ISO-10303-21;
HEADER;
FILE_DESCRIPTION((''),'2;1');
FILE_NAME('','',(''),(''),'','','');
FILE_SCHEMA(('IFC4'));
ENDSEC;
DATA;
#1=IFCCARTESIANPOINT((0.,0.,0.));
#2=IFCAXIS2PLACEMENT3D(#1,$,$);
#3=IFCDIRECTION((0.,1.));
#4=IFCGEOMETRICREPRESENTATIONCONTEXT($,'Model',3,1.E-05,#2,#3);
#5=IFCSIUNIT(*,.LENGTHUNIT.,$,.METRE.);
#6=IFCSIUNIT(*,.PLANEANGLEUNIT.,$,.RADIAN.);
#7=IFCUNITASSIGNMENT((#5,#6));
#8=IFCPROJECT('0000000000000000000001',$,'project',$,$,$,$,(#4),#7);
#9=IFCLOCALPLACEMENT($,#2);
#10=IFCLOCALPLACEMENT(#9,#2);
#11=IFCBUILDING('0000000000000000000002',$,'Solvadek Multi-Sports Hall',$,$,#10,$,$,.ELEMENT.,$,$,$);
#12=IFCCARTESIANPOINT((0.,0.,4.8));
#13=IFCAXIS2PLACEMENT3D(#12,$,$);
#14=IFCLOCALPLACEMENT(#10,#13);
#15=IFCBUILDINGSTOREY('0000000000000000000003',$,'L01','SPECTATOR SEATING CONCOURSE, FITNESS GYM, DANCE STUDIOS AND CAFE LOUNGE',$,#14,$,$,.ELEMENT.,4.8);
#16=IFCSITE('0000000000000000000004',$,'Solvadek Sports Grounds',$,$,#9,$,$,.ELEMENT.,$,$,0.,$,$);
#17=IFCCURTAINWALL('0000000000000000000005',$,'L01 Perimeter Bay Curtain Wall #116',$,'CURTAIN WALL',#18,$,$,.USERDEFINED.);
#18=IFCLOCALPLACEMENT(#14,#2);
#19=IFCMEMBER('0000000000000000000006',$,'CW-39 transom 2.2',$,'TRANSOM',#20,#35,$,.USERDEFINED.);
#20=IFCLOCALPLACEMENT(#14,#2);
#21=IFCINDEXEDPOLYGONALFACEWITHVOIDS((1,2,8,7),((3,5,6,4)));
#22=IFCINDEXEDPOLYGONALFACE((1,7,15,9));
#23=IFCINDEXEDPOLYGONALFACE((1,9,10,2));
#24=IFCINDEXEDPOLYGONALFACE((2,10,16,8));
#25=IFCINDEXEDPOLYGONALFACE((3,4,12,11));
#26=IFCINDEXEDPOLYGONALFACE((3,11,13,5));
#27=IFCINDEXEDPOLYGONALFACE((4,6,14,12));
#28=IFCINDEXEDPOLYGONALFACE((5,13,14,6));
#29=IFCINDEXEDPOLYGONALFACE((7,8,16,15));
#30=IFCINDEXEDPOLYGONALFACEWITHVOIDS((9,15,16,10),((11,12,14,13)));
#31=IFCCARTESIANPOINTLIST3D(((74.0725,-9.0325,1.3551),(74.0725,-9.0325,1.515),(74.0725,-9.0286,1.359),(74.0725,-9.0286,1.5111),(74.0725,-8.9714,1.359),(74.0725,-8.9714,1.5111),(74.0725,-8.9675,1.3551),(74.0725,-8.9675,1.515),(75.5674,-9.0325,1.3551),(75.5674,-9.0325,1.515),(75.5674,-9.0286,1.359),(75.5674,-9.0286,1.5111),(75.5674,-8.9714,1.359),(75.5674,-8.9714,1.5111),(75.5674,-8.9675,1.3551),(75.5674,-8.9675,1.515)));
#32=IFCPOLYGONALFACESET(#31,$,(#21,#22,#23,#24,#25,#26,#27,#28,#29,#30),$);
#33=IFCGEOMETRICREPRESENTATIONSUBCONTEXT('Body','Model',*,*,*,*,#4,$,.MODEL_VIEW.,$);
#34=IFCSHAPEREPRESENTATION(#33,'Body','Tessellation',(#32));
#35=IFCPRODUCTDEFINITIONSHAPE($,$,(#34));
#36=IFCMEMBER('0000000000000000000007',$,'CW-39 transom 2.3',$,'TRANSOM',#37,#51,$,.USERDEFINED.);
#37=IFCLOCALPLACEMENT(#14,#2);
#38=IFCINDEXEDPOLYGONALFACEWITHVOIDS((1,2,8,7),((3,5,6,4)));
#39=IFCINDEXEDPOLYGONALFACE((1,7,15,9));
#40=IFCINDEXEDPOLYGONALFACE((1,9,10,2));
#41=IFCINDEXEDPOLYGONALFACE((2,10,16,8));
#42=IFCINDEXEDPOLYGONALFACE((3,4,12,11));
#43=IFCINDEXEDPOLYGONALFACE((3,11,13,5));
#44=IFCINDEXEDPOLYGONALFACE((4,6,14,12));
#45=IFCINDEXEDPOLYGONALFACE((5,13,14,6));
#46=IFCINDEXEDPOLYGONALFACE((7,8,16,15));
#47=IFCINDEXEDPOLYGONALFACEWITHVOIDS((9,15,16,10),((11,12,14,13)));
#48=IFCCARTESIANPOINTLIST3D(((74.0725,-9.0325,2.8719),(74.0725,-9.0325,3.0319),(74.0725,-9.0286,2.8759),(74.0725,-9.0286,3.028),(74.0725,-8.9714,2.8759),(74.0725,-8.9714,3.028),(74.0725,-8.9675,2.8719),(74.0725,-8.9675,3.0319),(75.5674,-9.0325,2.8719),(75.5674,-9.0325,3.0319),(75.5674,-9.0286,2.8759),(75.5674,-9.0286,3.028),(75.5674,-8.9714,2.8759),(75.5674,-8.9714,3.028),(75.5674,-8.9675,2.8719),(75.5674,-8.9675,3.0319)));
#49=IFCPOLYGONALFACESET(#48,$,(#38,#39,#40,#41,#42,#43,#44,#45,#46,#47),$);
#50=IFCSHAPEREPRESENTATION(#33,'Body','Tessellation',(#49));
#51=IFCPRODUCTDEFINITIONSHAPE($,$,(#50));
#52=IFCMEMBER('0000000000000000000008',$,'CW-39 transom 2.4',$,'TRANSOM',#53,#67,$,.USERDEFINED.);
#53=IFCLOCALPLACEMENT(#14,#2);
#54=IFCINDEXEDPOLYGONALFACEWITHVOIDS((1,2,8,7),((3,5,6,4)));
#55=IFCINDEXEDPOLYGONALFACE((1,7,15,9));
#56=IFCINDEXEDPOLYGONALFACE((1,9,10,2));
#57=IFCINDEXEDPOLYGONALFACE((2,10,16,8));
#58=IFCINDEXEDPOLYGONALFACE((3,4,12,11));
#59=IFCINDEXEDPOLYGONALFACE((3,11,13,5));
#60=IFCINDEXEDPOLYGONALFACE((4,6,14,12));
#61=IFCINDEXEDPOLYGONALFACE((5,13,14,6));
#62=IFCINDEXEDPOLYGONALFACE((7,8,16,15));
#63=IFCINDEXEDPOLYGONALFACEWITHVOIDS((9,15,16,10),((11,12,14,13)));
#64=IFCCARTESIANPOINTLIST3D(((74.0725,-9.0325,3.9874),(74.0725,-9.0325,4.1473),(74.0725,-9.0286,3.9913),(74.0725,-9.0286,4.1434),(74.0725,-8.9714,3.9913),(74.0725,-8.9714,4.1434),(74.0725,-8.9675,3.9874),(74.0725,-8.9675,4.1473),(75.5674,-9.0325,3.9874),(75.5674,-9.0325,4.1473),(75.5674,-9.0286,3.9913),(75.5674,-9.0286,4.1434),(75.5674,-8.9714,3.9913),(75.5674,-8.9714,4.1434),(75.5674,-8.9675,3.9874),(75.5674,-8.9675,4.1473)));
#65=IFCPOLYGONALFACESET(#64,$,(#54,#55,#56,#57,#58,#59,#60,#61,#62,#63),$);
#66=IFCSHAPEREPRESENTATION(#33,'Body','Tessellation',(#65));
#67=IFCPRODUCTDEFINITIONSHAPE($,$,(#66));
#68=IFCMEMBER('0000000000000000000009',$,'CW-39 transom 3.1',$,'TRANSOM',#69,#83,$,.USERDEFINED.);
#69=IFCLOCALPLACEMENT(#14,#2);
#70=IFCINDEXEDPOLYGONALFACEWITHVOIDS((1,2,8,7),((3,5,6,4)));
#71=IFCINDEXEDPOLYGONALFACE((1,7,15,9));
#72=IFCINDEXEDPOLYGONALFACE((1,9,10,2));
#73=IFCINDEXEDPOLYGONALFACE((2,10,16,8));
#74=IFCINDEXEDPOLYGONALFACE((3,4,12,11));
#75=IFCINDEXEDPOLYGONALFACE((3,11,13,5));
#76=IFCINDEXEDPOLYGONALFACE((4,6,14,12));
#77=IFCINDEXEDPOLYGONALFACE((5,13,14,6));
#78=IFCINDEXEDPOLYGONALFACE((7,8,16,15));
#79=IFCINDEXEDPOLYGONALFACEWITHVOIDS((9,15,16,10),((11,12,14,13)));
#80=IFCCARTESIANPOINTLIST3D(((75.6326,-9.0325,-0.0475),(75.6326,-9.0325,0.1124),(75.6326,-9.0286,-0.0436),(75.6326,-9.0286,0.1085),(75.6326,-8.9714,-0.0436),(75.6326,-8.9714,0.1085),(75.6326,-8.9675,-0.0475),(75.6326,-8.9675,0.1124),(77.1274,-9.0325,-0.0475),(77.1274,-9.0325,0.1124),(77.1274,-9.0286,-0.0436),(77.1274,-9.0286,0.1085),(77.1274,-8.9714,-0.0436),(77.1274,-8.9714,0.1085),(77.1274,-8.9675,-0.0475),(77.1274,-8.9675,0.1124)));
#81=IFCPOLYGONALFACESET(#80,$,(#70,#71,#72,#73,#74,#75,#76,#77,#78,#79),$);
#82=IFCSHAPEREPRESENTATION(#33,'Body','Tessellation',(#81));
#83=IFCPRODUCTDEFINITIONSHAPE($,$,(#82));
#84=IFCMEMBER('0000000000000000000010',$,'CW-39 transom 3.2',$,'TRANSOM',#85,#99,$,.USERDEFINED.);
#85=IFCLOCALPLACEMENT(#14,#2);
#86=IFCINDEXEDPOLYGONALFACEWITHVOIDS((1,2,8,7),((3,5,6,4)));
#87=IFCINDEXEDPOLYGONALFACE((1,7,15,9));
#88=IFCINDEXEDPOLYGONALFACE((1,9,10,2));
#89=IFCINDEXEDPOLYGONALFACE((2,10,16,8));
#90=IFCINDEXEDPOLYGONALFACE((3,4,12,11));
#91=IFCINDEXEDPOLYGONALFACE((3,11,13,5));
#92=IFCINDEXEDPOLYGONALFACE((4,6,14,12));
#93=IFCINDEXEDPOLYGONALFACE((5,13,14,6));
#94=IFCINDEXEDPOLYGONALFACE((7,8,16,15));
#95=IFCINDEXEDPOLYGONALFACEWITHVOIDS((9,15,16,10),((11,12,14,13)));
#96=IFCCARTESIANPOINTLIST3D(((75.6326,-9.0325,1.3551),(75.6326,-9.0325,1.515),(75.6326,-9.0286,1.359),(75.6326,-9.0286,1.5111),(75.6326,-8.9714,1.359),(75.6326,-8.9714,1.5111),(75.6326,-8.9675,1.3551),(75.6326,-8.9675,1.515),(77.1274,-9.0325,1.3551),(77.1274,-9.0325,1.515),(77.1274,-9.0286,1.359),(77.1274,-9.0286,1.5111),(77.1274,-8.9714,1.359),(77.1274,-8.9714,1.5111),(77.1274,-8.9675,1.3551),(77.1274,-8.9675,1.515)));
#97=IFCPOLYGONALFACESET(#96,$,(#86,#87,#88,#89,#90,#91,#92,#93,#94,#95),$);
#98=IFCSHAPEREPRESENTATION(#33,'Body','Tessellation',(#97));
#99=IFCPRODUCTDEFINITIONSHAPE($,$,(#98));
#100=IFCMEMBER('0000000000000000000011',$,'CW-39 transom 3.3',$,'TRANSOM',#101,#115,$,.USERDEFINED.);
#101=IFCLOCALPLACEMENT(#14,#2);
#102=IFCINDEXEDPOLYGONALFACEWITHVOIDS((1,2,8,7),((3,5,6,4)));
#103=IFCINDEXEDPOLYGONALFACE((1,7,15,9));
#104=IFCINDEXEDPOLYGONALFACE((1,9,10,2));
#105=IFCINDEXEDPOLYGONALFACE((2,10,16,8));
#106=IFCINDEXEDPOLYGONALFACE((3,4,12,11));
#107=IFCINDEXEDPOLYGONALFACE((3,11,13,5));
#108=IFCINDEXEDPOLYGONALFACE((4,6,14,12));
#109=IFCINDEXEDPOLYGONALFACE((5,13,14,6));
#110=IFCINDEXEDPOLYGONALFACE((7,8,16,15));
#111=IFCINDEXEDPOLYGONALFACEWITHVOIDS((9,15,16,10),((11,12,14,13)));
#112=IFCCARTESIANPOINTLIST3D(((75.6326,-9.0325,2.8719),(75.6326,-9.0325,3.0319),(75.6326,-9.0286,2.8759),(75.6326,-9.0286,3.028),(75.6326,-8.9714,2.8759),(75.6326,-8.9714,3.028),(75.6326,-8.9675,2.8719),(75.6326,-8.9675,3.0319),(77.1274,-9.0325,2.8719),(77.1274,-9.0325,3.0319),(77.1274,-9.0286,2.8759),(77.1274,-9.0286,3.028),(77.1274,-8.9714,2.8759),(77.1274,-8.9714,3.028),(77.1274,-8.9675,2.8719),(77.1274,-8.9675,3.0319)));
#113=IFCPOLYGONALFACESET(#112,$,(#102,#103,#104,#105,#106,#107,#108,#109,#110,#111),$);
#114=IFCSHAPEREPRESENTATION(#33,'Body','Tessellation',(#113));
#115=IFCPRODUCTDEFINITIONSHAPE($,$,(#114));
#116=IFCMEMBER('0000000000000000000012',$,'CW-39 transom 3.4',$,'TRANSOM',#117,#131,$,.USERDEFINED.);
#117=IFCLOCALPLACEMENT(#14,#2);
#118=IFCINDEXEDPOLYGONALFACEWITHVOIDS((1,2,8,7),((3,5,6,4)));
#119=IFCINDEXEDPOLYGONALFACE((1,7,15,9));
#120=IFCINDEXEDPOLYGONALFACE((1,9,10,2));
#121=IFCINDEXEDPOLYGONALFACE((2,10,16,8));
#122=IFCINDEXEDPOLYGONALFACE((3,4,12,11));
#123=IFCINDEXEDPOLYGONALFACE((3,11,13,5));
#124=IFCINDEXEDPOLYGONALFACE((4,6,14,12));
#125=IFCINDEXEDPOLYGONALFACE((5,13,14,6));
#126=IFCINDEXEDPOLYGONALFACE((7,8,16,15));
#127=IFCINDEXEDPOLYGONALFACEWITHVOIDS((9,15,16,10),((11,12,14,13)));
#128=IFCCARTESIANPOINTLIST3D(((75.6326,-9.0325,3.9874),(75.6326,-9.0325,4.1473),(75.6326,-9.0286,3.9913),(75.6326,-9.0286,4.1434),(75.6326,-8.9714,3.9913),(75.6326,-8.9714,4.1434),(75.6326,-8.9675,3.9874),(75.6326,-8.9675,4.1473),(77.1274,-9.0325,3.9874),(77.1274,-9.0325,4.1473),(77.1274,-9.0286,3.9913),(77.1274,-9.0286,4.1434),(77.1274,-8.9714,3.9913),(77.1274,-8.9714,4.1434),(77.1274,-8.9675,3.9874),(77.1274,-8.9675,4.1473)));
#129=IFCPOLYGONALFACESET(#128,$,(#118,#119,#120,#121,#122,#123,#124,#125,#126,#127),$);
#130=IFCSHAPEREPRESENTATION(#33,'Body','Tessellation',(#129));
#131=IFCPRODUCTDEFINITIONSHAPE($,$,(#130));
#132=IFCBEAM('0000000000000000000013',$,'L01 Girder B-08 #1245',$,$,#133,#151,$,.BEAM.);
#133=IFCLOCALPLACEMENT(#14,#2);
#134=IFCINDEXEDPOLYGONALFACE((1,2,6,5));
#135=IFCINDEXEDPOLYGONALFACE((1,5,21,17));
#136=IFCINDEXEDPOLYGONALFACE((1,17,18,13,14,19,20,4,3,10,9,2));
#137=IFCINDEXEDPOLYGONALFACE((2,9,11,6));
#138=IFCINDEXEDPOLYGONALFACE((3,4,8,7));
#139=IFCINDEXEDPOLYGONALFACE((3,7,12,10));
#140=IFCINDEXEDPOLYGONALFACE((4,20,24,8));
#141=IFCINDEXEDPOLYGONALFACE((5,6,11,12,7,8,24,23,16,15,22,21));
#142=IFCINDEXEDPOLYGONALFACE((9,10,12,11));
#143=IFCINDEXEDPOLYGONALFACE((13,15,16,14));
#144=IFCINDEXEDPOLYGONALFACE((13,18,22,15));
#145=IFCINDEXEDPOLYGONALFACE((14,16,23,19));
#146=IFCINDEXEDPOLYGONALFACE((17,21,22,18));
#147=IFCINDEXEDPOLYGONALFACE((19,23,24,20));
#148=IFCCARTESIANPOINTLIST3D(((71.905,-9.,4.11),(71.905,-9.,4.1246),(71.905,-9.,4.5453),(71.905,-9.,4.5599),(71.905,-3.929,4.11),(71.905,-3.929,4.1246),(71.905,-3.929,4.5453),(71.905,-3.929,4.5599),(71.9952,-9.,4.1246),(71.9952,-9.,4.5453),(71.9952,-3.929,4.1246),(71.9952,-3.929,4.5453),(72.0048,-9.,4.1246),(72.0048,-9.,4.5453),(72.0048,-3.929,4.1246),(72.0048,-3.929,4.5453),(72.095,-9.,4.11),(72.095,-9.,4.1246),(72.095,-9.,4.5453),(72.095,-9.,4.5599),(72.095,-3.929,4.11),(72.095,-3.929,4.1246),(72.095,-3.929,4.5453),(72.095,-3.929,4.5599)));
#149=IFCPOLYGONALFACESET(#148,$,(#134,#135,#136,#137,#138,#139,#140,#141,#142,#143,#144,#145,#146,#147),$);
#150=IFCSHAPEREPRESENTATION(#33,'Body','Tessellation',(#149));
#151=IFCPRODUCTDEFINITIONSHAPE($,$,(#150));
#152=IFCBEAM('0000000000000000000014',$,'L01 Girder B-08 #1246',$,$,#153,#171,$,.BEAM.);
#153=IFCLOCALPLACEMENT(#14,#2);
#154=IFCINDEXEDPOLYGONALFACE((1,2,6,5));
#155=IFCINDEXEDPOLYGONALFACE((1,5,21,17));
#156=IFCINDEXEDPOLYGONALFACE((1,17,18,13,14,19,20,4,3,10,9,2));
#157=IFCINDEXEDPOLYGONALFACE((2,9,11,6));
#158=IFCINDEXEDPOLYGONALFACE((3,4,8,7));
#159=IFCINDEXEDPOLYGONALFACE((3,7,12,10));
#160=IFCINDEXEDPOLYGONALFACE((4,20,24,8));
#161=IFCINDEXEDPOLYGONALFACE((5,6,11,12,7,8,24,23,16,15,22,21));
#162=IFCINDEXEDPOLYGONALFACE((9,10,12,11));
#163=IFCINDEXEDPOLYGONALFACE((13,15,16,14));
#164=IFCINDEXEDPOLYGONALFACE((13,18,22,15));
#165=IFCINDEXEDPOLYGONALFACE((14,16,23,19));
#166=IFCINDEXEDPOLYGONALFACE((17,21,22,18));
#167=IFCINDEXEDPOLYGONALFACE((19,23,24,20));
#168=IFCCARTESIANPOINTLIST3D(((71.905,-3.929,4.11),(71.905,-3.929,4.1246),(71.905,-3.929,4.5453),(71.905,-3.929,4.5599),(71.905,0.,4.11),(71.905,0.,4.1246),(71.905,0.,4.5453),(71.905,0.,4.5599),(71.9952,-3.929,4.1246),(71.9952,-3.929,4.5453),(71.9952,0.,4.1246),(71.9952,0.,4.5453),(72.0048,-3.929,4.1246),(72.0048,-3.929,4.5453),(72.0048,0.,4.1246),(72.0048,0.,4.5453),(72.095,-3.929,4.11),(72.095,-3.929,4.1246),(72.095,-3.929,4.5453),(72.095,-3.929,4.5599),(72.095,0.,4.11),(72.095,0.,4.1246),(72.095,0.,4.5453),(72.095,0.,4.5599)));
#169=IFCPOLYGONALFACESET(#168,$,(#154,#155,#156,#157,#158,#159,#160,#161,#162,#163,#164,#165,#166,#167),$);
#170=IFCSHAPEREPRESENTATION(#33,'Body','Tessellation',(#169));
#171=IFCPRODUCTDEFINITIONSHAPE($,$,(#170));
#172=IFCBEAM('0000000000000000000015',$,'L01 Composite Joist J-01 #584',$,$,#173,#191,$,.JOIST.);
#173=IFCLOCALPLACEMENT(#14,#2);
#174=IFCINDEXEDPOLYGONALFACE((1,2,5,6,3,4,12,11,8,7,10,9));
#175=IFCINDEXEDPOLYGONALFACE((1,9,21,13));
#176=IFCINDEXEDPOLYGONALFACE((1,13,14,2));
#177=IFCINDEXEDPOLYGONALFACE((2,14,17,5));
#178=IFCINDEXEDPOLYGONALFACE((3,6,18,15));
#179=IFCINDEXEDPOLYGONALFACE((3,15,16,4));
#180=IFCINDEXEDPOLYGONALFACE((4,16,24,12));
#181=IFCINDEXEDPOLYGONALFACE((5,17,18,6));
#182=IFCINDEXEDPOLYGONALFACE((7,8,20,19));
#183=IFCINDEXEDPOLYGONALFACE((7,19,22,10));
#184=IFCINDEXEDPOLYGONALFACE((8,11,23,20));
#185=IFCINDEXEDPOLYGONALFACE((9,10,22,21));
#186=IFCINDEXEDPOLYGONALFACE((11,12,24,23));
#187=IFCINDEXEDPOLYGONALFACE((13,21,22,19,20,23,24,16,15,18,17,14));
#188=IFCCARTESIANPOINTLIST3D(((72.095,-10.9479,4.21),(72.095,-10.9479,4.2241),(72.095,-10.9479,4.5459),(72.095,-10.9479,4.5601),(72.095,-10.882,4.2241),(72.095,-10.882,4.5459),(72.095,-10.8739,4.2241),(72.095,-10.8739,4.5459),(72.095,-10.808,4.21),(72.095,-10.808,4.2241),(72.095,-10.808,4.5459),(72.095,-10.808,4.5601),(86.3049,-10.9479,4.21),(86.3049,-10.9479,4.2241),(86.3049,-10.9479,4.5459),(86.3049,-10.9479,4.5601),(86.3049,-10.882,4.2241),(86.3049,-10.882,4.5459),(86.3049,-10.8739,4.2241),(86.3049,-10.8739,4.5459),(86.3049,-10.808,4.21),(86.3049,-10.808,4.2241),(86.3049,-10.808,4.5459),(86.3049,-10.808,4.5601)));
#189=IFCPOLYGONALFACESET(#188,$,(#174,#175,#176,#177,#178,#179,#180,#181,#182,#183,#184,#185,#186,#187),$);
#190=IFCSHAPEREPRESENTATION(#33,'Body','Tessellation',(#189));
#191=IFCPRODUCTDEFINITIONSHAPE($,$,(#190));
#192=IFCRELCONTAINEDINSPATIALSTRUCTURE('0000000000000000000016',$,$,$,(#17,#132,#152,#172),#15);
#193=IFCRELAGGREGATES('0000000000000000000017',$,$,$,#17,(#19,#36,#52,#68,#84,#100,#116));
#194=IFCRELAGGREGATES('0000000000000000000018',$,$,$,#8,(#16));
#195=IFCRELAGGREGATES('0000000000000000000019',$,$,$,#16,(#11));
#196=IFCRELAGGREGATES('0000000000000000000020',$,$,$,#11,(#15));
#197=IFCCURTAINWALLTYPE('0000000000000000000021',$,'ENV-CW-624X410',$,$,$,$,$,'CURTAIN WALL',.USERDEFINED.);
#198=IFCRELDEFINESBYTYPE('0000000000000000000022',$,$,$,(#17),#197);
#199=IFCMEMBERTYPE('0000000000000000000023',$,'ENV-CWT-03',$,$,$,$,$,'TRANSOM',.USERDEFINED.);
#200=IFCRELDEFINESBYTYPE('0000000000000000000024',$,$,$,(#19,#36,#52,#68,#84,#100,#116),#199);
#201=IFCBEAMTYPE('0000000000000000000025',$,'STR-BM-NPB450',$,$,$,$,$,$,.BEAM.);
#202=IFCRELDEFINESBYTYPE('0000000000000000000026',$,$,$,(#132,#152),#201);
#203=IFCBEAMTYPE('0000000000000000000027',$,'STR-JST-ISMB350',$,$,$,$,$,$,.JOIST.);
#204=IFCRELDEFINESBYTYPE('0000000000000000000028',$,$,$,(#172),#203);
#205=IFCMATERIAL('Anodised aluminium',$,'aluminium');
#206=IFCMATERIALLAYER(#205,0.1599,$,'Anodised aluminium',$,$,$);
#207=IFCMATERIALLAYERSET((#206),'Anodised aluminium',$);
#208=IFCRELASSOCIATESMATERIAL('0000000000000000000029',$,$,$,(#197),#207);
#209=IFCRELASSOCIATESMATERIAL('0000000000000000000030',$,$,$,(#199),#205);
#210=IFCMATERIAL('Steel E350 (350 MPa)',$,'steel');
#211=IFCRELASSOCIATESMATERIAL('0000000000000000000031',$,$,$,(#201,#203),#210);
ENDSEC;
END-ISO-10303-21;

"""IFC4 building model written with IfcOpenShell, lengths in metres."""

from ifc_helpers import new_model, si_unit, direction, frame, origin, origin_2d, place, context, subcontext, project, spatial, hollow_rectangle, i_section, extrude, material, layer, layer_set, material_profile, profile_set, type_object, element, aggregate, save


model = new_model("IFC4")

# Units and contexts
model_context = context("Model", 3, precision=1e-05, world=origin(), true_north=direction((0.0, 1.0)))
body_context = subcontext(model_context, "Body", "Model", "MODEL_VIEW")
ifc_project = project(units=[si_unit("LENGTHUNIT", "METRE"), si_unit("PLANEANGLEUNIT", "RADIAN")], contexts=[model_context])

# Site, building, storey
site_placement = place(None, origin())
site = spatial("IfcSite", under=ifc_project, at=site_placement, Name="Solvadek Sports Grounds", CompositionType="ELEMENT", RefElevation=0.0)
building_placement = place(site_placement, origin())
building = spatial("IfcBuilding", under=site, at=building_placement, Name="Solvadek Multi-Sports Hall", CompositionType="ELEMENT")
storey_placement = place(building_placement, frame((0.0, 0.0, 4.8)))
storey = spatial("IfcBuildingStorey", under=building, at=storey_placement, Name="L01", Description="SPECTATOR SEATING CONCOURSE, FITNESS GYM, DANCE STUDIOS AND CAFE LOUNGE", CompositionType="ELEMENT", Elevation=4.8)

# Shared definitions
ifc_material_1 = material(Name="Steel E350 (350 MPa)", Category="steel")

# Curtain wall, members
ifc_material_2 = material(Name="Anodised aluminium", Category="aluminium")
ifc_layer_1 = layer(ifc_material_2, 0.1599, Name="Anodised aluminium")
ifc_layer_set_1 = layer_set([ifc_layer_1], Name="Anodised aluminium")
curtain_wall_type = type_object("IfcCurtainWallType", Name="ENV-CW-624X410", ElementType="CURTAIN WALL", PredefinedType="USERDEFINED", material=ifc_layer_set_1)
curtain_wall_placement = place(storey_placement, origin())
curtain_wall = element("IfcCurtainWall", 1, at=curtain_wall_placement, inside=storey, type_object=curtain_wall_type, Name="L01 Perimeter Bay Curtain Wall #116", ObjectType="CURTAIN WALL", PredefinedType="USERDEFINED")
ifc_material_profile_1 = material_profile(ifc_material_2, hollow_rectangle(XDim=0.0649, YDim=0.1599, WallThickness=0.0039, at=origin_2d()), Name="ALU-T 160x65x4")
ifc_profile_set_1 = profile_set([ifc_material_profile_1], Name="Anodised aluminium")
member_type_1 = type_object("IfcMemberType", Name="ENV-CWT-03", ElementType="TRANSOM", PredefinedType="USERDEFINED", material=ifc_profile_set_1)
member_1_placement = place(storey_placement, frame((74.0725, -9.0, 1.4351), z_axis=(1.0, 0.0, 0.0), x_axis=(0.0, 1.0, 0.0)))
member_1 = element("IfcMember", 2, at=member_1_placement, type_object=member_type_1, Name="CW-39 transom 2.2", ObjectType="TRANSOM", PredefinedType="USERDEFINED", context=body_context, shape_type="SweptSolid", body=[
    extrude(hollow_rectangle(XDim=0.0649, YDim=0.1599, WallThickness=0.0039, at=origin_2d()), origin(), (0.0, 0.0, 1.0), 1.4949),
])
member_2_placement = place(storey_placement, frame((74.0725, -9.0, 2.9519), z_axis=(1.0, 0.0, 0.0), x_axis=(0.0, 1.0, 0.0)))
member_2 = element("IfcMember", 3, at=member_2_placement, type_object=member_type_1, Name="CW-39 transom 2.3", ObjectType="TRANSOM", PredefinedType="USERDEFINED", context=body_context, shape_type="SweptSolid", body=[
    extrude(hollow_rectangle(XDim=0.0649, YDim=0.1599, WallThickness=0.0039, at=origin_2d()), origin(), (0.0, 0.0, 1.0), 1.4949),
])
member_3_placement = place(storey_placement, frame((74.0725, -9.0, 4.0674), z_axis=(1.0, 0.0, 0.0), x_axis=(0.0, 1.0, 0.0)))
member_3 = element("IfcMember", 4, at=member_3_placement, type_object=member_type_1, Name="CW-39 transom 2.4", ObjectType="TRANSOM", PredefinedType="USERDEFINED", context=body_context, shape_type="SweptSolid", body=[
    extrude(hollow_rectangle(XDim=0.0649, YDim=0.1599, WallThickness=0.0039, at=origin_2d()), origin(), (0.0, 0.0, 1.0), 1.4949),
])
member_4_placement = place(storey_placement, frame((75.6326, -9.0, 0.0325), z_axis=(1.0, 0.0, 0.0), x_axis=(0.0, 1.0, 0.0)))
member_4 = element("IfcMember", 5, at=member_4_placement, type_object=member_type_1, Name="CW-39 transom 3.1", ObjectType="TRANSOM", PredefinedType="USERDEFINED", context=body_context, shape_type="SweptSolid", body=[
    extrude(hollow_rectangle(XDim=0.0649, YDim=0.1599, WallThickness=0.0039, at=origin_2d()), origin(), (0.0, 0.0, 1.0), 1.4949),
])
member_5_placement = place(storey_placement, frame((75.6326, -9.0, 1.4351), z_axis=(1.0, 0.0, 0.0), x_axis=(0.0, 1.0, 0.0)))
member_5 = element("IfcMember", 6, at=member_5_placement, type_object=member_type_1, Name="CW-39 transom 3.2", ObjectType="TRANSOM", PredefinedType="USERDEFINED", context=body_context, shape_type="SweptSolid", body=[
    extrude(hollow_rectangle(XDim=0.0649, YDim=0.1599, WallThickness=0.0039, at=origin_2d()), origin(), (0.0, 0.0, 1.0), 1.4949),
])
member_6_placement = place(storey_placement, frame((75.6326, -9.0, 2.9519), z_axis=(1.0, 0.0, 0.0), x_axis=(0.0, 1.0, 0.0)))
member_6 = element("IfcMember", 7, at=member_6_placement, type_object=member_type_1, Name="CW-39 transom 3.3", ObjectType="TRANSOM", PredefinedType="USERDEFINED", context=body_context, shape_type="SweptSolid", body=[
    extrude(hollow_rectangle(XDim=0.0649, YDim=0.1599, WallThickness=0.0039, at=origin_2d()), origin(), (0.0, 0.0, 1.0), 1.4949),
])
member_7_placement = place(storey_placement, frame((75.6326, -9.0, 4.0674), z_axis=(1.0, 0.0, 0.0), x_axis=(0.0, 1.0, 0.0)))
member_7 = element("IfcMember", 8, at=member_7_placement, type_object=member_type_1, Name="CW-39 transom 3.4", ObjectType="TRANSOM", PredefinedType="USERDEFINED", context=body_context, shape_type="SweptSolid", body=[
    extrude(hollow_rectangle(XDim=0.0649, YDim=0.1599, WallThickness=0.0039, at=origin_2d()), origin(), (0.0, 0.0, 1.0), 1.4949),
])

# Beams
ifc_material_profile_2 = material_profile(ifc_material_1, i_section(OverallWidth=0.1899, OverallDepth=0.45, WebThickness=0.0095, FlangeThickness=0.0146, at=origin_2d()), Name="NPB 450")
ifc_profile_set_2 = profile_set([ifc_material_profile_2], Name="Steel E350 (350 MPa)")
beam_type_1 = type_object("IfcBeamType", Name="STR-BM-NPB450", PredefinedType="BEAM", material=ifc_profile_set_2)
beam_1_placement = place(storey_placement, frame((72.0, -9.0, 4.335), z_axis=(0.0, 1.0, 0.0), x_axis=(-1.0, 0.0, 0.0)))
element("IfcBeam", 9, at=beam_1_placement, inside=storey, type_object=beam_type_1, Name="L01 Girder B-08 #1245", PredefinedType="BEAM", context=body_context, shape_type="SweptSolid", body=[
    extrude(i_section(OverallWidth=0.1899, OverallDepth=0.45, WebThickness=0.0095, FlangeThickness=0.0146, at=origin_2d()), origin(), (0.0, 0.0, 1.0), 5.071),
])
beam_2_placement = place(storey_placement, frame((72.0, -3.929, 4.335), z_axis=(0.0, 1.0, 0.0), x_axis=(-1.0, 0.0, 0.0)))
element("IfcBeam", 10, at=beam_2_placement, inside=storey, type_object=beam_type_1, Name="L01 Girder B-08 #1246", PredefinedType="BEAM", context=body_context, shape_type="SweptSolid", body=[
    extrude(i_section(OverallWidth=0.1899, OverallDepth=0.45, WebThickness=0.0095, FlangeThickness=0.0146, at=origin_2d()), origin(), (0.0, 0.0, 1.0), 3.929),
])
ifc_material_profile_3 = material_profile(ifc_material_1, i_section(OverallWidth=0.1399, OverallDepth=0.3501, WebThickness=0.0081, FlangeThickness=0.0142, at=origin_2d()), Name="ISMB 350")
ifc_profile_set_3 = profile_set([ifc_material_profile_3], Name="Steel E350 (350 MPa)")
beam_type_2 = type_object("IfcBeamType", Name="STR-JST-ISMB350", PredefinedType="JOIST", material=ifc_profile_set_3)
beam_3_placement = place(storey_placement, frame((72.095, -10.8779, 4.385), z_axis=(1.0, 0.0, 0.0), x_axis=(0.0, 1.0, 0.0)))
element("IfcBeam", 11, at=beam_3_placement, inside=storey, type_object=beam_type_2, Name="L01 Composite Joist J-01 #584", PredefinedType="JOIST", context=body_context, shape_type="SweptSolid", body=[
    extrude(i_section(OverallWidth=0.1399, OverallDepth=0.3501, WebThickness=0.0081, FlangeThickness=0.0142, at=origin_2d()), origin(), (0.0, 0.0, 1.0), 14.21),
])

aggregate(curtain_wall, [member_1, member_2, member_3, member_4, member_5, member_6, member_7])

save(model, "model.ifc")
